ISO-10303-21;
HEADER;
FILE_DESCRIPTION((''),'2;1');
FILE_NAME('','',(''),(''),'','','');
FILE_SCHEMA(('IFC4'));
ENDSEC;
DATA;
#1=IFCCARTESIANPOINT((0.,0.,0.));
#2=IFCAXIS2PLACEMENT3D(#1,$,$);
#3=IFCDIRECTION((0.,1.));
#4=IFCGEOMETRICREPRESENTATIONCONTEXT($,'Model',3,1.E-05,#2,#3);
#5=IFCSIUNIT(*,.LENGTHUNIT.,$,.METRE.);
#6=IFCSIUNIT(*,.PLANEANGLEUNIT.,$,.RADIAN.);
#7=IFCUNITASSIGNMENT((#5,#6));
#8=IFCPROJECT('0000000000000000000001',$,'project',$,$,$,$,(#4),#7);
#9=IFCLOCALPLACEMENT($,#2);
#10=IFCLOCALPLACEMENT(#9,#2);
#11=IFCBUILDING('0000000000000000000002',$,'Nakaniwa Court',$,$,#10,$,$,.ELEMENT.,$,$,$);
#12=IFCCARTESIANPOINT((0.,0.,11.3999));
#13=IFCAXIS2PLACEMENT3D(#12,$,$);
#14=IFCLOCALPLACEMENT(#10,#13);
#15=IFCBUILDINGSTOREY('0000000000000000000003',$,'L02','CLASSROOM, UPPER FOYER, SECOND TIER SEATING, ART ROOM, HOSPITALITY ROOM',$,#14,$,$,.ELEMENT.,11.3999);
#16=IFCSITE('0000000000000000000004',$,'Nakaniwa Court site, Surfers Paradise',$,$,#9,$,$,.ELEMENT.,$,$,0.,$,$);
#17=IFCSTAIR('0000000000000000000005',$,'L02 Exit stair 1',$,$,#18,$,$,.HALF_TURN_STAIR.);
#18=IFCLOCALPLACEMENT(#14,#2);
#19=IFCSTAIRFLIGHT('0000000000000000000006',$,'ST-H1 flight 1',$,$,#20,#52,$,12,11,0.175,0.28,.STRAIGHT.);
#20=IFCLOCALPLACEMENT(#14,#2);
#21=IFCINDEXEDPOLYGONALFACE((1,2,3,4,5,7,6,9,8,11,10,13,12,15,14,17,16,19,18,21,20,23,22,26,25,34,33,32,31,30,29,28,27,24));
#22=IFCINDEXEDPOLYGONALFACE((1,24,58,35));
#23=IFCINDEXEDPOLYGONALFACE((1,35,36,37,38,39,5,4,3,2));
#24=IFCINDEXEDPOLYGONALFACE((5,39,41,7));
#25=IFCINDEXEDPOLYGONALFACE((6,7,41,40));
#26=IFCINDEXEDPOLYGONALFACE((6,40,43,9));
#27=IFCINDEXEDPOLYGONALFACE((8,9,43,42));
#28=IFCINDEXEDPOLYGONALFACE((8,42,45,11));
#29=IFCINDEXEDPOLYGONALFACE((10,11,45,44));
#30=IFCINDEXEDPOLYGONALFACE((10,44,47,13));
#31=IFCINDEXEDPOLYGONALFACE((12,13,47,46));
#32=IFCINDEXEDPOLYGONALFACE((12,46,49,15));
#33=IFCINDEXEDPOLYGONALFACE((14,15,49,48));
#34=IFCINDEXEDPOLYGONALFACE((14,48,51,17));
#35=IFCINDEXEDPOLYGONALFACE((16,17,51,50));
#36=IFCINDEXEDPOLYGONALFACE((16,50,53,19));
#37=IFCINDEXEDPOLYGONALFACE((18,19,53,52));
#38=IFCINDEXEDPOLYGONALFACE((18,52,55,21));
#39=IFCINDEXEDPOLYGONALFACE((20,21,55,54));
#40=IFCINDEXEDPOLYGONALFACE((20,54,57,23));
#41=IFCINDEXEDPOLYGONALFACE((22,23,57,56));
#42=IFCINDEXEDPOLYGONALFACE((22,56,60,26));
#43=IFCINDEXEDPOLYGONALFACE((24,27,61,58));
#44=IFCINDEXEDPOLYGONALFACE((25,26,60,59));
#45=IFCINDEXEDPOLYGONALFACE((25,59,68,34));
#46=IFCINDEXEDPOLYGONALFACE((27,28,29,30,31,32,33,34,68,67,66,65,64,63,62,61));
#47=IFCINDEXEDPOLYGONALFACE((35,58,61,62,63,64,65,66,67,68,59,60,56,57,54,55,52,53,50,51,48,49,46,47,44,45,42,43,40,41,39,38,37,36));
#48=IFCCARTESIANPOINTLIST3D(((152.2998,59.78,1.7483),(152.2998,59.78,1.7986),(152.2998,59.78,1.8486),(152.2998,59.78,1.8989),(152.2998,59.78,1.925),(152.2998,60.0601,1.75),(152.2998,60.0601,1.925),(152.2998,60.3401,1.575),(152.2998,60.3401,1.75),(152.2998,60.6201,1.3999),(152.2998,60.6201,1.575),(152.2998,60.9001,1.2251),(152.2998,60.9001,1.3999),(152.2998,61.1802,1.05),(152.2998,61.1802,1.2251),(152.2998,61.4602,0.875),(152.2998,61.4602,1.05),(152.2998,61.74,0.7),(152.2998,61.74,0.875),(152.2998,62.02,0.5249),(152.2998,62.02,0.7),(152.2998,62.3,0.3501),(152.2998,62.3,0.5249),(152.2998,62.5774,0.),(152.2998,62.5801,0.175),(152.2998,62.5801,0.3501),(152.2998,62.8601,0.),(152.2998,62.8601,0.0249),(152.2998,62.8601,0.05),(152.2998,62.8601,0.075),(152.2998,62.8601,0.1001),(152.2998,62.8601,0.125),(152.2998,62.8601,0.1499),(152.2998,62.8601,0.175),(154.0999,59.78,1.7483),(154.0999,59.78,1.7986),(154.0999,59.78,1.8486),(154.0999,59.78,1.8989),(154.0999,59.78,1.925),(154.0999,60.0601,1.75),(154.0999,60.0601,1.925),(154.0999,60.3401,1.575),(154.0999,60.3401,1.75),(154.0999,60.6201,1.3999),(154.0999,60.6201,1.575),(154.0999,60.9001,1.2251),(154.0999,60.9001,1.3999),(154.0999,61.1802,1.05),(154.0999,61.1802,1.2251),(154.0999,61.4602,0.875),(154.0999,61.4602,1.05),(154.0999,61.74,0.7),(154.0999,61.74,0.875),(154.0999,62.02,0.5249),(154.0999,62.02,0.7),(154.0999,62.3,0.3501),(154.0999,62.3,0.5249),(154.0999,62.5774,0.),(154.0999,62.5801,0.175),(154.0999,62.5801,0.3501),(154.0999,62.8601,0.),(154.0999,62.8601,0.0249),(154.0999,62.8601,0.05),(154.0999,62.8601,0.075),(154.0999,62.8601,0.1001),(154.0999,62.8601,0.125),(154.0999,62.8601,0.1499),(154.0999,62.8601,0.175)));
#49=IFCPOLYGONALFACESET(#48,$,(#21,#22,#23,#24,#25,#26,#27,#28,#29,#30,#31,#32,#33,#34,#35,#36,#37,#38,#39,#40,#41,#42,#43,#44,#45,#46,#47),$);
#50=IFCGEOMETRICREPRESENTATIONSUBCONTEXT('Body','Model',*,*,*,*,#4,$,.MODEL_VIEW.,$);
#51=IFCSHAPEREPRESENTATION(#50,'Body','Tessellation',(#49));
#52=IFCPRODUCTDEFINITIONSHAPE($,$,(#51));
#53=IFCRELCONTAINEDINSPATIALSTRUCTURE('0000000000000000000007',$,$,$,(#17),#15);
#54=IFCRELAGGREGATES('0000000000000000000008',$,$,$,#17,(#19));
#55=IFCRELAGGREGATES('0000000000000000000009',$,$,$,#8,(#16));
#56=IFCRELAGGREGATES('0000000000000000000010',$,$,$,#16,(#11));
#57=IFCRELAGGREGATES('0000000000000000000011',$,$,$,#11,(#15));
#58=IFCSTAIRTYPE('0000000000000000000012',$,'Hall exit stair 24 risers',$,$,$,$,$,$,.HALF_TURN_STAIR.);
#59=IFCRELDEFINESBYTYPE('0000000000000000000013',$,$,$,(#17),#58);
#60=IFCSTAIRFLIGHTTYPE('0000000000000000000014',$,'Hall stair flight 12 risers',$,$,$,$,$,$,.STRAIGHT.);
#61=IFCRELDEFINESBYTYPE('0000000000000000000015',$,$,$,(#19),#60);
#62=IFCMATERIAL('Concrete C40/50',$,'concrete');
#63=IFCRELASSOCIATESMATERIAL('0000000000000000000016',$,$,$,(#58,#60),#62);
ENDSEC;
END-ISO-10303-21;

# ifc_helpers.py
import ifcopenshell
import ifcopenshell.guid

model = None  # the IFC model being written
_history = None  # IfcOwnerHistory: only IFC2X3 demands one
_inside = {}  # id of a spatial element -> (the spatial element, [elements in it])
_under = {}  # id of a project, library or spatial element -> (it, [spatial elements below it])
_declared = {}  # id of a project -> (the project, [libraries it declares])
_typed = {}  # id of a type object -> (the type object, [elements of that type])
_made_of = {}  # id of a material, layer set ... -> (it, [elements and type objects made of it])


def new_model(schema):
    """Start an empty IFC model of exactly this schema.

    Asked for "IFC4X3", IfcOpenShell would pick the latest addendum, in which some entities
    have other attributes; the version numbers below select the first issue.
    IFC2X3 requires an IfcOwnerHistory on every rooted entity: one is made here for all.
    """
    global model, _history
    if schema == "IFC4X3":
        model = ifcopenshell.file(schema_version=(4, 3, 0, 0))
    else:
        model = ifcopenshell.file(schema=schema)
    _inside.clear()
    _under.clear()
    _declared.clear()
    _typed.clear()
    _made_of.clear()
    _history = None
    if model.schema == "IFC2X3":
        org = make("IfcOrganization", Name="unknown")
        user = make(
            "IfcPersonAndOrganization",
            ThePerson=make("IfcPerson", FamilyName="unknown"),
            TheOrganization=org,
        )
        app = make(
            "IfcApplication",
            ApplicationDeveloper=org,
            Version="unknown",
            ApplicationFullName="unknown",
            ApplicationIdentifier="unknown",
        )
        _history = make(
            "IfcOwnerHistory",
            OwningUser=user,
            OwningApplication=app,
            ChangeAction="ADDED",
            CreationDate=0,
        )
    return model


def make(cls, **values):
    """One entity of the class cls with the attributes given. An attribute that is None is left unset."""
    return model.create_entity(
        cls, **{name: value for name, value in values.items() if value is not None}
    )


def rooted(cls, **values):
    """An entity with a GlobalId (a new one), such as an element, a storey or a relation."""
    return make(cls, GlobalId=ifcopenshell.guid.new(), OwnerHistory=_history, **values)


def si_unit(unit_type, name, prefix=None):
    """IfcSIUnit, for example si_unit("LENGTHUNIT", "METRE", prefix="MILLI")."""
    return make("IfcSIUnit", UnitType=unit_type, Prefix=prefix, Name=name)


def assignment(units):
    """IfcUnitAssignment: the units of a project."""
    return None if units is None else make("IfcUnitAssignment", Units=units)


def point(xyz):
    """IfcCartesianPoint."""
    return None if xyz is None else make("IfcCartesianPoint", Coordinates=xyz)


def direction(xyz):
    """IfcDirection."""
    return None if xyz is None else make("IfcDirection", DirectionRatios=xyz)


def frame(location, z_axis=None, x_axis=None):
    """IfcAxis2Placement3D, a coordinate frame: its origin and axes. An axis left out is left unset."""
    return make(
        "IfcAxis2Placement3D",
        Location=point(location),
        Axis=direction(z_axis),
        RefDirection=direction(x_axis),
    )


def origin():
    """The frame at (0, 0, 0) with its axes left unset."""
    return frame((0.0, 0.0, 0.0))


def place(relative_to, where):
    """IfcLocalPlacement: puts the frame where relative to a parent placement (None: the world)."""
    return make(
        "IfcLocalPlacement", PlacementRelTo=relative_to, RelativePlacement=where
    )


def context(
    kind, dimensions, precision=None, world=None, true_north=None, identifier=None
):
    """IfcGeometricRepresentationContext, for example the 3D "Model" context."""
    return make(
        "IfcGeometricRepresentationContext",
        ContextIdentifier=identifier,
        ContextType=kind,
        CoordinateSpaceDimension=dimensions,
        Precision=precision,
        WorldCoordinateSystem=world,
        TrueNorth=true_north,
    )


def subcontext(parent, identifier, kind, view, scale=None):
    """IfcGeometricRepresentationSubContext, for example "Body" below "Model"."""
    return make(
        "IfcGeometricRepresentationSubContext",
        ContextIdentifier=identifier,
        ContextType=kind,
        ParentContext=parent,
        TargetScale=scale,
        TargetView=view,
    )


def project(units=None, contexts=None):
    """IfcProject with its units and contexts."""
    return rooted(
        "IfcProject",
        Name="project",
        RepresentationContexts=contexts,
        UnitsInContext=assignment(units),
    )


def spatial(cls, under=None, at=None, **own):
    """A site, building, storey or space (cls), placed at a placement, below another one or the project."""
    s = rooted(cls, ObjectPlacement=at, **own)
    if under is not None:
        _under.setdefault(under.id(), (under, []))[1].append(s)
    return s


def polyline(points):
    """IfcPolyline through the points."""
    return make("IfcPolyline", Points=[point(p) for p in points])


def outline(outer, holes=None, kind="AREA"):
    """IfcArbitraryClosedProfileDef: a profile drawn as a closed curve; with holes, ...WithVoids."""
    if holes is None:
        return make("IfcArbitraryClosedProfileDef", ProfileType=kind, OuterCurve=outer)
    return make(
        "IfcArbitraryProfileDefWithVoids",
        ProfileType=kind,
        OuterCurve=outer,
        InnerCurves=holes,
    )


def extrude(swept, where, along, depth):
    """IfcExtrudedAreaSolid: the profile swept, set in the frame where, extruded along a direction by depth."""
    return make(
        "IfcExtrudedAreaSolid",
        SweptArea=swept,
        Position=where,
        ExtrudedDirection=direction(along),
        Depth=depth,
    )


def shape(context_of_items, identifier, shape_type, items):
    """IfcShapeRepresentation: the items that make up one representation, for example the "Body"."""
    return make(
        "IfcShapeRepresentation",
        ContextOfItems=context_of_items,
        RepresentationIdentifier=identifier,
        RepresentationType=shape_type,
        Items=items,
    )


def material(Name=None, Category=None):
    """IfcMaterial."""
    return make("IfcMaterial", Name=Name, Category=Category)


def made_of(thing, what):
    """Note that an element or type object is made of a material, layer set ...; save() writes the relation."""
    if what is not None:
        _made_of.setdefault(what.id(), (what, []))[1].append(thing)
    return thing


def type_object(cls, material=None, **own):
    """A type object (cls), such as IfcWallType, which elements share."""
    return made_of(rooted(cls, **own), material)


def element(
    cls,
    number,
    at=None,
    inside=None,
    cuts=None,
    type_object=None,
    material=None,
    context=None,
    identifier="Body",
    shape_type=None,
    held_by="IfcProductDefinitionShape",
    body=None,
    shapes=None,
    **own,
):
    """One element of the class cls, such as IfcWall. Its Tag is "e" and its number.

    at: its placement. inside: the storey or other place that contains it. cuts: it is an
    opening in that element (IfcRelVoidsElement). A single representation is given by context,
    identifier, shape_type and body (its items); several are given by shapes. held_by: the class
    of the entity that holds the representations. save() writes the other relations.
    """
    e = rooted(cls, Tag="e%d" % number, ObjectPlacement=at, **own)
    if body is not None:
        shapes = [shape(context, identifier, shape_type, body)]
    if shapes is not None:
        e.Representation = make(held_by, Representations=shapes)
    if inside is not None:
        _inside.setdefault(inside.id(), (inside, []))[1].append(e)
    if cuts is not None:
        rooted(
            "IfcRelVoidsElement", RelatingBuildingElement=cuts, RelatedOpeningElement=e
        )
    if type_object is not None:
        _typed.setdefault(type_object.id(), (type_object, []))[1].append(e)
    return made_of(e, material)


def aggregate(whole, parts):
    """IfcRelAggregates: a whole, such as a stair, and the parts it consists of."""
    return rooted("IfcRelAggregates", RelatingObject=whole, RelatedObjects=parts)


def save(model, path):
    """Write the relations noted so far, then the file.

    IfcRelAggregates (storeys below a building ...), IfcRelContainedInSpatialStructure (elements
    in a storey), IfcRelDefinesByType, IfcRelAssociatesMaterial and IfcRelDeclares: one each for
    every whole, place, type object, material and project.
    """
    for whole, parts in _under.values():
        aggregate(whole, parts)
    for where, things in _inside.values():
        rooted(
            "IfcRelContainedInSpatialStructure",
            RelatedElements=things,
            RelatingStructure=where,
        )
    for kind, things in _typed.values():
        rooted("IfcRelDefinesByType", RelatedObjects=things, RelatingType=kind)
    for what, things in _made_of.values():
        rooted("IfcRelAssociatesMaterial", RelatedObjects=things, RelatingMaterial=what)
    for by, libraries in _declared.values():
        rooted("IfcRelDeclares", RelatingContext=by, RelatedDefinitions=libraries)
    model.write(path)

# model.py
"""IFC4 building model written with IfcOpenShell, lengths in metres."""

from ifc_helpers import new_model, si_unit, direction, frame, origin, place, context, subcontext, project, spatial, polyline, outline, extrude, material, type_object, element, aggregate, save


model = new_model("IFC4")

# Units and contexts
model_context = context("Model", 3, precision=1e-05, world=origin(), true_north=direction((0.0, 1.0)))
body_context = subcontext(model_context, "Body", "Model", "MODEL_VIEW")
ifc_project = project(units=[si_unit("LENGTHUNIT", "METRE"), si_unit("PLANEANGLEUNIT", "RADIAN")], contexts=[model_context])

# Site, building, storey
site_placement = place(None, origin())
site = spatial("IfcSite", under=ifc_project, at=site_placement, Name="Nakaniwa Court site, Surfers Paradise", CompositionType="ELEMENT", RefElevation=0.0)
building_placement = place(site_placement, origin())
building = spatial("IfcBuilding", under=site, at=building_placement, Name="Nakaniwa Court", CompositionType="ELEMENT")
storey_placement = place(building_placement, frame((0.0, 0.0, 11.3999)))
storey = spatial("IfcBuildingStorey", under=building, at=storey_placement, Name="L02", Description="CLASSROOM, UPPER FOYER, SECOND TIER SEATING, ART ROOM, HOSPITALITY ROOM", CompositionType="ELEMENT", Elevation=11.3999)

# Stair, stair flight
ifc_material_1 = material(Name="Concrete C40/50", Category="concrete")
stair_type = type_object("IfcStairType", Name="Hall exit stair 24 risers", PredefinedType="HALF_TURN_STAIR", material=ifc_material_1)
stair_placement = place(storey_placement, origin())
stair = element("IfcStair", 1, at=stair_placement, inside=storey, type_object=stair_type, Name="L02 Exit stair 1", PredefinedType="HALF_TURN_STAIR")
stair_flight_type = type_object("IfcStairFlightType", Name="Hall stair flight 12 risers", PredefinedType="STRAIGHT", material=ifc_material_1)
stair_flight_placement = place(storey_placement, frame((153.2, 62.8601, 0.0), z_axis=(0.0, 0.0, 1.0), x_axis=(0.0, -1.0, 0.0)))
stair_flight = element("IfcStairFlight", 2, at=stair_flight_placement, type_object=stair_flight_type, Name="ST-H1 flight 1", NumberOfRisers=12, NumberOfTreads=11, PredefinedType="STRAIGHT", RiserHeight=0.175, TreadLength=0.28, context=body_context, shape_type="SweptSolid", body=[
    extrude(outline(polyline([(0.0, 0.0), (0.0, 0.0249), (0.0, 0.05), (0.0, 0.075), (0.0, 0.1001), (0.0, 0.125), (0.0, 0.1499), (0.0, 0.175), (0.28, 0.175), (0.28, 0.3501), (0.5601, 0.3501), (0.5601, 0.5249), (0.8401, 0.5249), (0.8401, 0.7), (1.1201, 0.7), (1.1201, 0.875), (1.3999, 0.875), (1.3999, 1.05), (1.6799, 1.05), (1.6799, 1.2251), (1.96, 1.2251), (1.96, 1.3999), (2.24, 1.3999), (2.24, 1.575), (2.52, 1.575), (2.52, 1.75), (2.8, 1.75), (2.8, 1.925), (3.0801, 1.925), (3.0801, 2.1001), (3.0801, 2.0498), (3.0801, 1.9995), (3.0801, 1.9492), (3.0801, 1.8989), (3.0801, 1.8486), (3.0801, 1.7986), (3.0801, 1.7483), (0.2827, 0.0), (0.0, 0.0)])), frame((0.0, 0.8999, 0.0), z_axis=(0.0, -1.0, 0.0), x_axis=(1.0, 0.0, 0.0)), (0.0, 0.0, 1.0), 1.8),
])
aggregate(stair, [stair_flight])

save(model, "model.ifc")
